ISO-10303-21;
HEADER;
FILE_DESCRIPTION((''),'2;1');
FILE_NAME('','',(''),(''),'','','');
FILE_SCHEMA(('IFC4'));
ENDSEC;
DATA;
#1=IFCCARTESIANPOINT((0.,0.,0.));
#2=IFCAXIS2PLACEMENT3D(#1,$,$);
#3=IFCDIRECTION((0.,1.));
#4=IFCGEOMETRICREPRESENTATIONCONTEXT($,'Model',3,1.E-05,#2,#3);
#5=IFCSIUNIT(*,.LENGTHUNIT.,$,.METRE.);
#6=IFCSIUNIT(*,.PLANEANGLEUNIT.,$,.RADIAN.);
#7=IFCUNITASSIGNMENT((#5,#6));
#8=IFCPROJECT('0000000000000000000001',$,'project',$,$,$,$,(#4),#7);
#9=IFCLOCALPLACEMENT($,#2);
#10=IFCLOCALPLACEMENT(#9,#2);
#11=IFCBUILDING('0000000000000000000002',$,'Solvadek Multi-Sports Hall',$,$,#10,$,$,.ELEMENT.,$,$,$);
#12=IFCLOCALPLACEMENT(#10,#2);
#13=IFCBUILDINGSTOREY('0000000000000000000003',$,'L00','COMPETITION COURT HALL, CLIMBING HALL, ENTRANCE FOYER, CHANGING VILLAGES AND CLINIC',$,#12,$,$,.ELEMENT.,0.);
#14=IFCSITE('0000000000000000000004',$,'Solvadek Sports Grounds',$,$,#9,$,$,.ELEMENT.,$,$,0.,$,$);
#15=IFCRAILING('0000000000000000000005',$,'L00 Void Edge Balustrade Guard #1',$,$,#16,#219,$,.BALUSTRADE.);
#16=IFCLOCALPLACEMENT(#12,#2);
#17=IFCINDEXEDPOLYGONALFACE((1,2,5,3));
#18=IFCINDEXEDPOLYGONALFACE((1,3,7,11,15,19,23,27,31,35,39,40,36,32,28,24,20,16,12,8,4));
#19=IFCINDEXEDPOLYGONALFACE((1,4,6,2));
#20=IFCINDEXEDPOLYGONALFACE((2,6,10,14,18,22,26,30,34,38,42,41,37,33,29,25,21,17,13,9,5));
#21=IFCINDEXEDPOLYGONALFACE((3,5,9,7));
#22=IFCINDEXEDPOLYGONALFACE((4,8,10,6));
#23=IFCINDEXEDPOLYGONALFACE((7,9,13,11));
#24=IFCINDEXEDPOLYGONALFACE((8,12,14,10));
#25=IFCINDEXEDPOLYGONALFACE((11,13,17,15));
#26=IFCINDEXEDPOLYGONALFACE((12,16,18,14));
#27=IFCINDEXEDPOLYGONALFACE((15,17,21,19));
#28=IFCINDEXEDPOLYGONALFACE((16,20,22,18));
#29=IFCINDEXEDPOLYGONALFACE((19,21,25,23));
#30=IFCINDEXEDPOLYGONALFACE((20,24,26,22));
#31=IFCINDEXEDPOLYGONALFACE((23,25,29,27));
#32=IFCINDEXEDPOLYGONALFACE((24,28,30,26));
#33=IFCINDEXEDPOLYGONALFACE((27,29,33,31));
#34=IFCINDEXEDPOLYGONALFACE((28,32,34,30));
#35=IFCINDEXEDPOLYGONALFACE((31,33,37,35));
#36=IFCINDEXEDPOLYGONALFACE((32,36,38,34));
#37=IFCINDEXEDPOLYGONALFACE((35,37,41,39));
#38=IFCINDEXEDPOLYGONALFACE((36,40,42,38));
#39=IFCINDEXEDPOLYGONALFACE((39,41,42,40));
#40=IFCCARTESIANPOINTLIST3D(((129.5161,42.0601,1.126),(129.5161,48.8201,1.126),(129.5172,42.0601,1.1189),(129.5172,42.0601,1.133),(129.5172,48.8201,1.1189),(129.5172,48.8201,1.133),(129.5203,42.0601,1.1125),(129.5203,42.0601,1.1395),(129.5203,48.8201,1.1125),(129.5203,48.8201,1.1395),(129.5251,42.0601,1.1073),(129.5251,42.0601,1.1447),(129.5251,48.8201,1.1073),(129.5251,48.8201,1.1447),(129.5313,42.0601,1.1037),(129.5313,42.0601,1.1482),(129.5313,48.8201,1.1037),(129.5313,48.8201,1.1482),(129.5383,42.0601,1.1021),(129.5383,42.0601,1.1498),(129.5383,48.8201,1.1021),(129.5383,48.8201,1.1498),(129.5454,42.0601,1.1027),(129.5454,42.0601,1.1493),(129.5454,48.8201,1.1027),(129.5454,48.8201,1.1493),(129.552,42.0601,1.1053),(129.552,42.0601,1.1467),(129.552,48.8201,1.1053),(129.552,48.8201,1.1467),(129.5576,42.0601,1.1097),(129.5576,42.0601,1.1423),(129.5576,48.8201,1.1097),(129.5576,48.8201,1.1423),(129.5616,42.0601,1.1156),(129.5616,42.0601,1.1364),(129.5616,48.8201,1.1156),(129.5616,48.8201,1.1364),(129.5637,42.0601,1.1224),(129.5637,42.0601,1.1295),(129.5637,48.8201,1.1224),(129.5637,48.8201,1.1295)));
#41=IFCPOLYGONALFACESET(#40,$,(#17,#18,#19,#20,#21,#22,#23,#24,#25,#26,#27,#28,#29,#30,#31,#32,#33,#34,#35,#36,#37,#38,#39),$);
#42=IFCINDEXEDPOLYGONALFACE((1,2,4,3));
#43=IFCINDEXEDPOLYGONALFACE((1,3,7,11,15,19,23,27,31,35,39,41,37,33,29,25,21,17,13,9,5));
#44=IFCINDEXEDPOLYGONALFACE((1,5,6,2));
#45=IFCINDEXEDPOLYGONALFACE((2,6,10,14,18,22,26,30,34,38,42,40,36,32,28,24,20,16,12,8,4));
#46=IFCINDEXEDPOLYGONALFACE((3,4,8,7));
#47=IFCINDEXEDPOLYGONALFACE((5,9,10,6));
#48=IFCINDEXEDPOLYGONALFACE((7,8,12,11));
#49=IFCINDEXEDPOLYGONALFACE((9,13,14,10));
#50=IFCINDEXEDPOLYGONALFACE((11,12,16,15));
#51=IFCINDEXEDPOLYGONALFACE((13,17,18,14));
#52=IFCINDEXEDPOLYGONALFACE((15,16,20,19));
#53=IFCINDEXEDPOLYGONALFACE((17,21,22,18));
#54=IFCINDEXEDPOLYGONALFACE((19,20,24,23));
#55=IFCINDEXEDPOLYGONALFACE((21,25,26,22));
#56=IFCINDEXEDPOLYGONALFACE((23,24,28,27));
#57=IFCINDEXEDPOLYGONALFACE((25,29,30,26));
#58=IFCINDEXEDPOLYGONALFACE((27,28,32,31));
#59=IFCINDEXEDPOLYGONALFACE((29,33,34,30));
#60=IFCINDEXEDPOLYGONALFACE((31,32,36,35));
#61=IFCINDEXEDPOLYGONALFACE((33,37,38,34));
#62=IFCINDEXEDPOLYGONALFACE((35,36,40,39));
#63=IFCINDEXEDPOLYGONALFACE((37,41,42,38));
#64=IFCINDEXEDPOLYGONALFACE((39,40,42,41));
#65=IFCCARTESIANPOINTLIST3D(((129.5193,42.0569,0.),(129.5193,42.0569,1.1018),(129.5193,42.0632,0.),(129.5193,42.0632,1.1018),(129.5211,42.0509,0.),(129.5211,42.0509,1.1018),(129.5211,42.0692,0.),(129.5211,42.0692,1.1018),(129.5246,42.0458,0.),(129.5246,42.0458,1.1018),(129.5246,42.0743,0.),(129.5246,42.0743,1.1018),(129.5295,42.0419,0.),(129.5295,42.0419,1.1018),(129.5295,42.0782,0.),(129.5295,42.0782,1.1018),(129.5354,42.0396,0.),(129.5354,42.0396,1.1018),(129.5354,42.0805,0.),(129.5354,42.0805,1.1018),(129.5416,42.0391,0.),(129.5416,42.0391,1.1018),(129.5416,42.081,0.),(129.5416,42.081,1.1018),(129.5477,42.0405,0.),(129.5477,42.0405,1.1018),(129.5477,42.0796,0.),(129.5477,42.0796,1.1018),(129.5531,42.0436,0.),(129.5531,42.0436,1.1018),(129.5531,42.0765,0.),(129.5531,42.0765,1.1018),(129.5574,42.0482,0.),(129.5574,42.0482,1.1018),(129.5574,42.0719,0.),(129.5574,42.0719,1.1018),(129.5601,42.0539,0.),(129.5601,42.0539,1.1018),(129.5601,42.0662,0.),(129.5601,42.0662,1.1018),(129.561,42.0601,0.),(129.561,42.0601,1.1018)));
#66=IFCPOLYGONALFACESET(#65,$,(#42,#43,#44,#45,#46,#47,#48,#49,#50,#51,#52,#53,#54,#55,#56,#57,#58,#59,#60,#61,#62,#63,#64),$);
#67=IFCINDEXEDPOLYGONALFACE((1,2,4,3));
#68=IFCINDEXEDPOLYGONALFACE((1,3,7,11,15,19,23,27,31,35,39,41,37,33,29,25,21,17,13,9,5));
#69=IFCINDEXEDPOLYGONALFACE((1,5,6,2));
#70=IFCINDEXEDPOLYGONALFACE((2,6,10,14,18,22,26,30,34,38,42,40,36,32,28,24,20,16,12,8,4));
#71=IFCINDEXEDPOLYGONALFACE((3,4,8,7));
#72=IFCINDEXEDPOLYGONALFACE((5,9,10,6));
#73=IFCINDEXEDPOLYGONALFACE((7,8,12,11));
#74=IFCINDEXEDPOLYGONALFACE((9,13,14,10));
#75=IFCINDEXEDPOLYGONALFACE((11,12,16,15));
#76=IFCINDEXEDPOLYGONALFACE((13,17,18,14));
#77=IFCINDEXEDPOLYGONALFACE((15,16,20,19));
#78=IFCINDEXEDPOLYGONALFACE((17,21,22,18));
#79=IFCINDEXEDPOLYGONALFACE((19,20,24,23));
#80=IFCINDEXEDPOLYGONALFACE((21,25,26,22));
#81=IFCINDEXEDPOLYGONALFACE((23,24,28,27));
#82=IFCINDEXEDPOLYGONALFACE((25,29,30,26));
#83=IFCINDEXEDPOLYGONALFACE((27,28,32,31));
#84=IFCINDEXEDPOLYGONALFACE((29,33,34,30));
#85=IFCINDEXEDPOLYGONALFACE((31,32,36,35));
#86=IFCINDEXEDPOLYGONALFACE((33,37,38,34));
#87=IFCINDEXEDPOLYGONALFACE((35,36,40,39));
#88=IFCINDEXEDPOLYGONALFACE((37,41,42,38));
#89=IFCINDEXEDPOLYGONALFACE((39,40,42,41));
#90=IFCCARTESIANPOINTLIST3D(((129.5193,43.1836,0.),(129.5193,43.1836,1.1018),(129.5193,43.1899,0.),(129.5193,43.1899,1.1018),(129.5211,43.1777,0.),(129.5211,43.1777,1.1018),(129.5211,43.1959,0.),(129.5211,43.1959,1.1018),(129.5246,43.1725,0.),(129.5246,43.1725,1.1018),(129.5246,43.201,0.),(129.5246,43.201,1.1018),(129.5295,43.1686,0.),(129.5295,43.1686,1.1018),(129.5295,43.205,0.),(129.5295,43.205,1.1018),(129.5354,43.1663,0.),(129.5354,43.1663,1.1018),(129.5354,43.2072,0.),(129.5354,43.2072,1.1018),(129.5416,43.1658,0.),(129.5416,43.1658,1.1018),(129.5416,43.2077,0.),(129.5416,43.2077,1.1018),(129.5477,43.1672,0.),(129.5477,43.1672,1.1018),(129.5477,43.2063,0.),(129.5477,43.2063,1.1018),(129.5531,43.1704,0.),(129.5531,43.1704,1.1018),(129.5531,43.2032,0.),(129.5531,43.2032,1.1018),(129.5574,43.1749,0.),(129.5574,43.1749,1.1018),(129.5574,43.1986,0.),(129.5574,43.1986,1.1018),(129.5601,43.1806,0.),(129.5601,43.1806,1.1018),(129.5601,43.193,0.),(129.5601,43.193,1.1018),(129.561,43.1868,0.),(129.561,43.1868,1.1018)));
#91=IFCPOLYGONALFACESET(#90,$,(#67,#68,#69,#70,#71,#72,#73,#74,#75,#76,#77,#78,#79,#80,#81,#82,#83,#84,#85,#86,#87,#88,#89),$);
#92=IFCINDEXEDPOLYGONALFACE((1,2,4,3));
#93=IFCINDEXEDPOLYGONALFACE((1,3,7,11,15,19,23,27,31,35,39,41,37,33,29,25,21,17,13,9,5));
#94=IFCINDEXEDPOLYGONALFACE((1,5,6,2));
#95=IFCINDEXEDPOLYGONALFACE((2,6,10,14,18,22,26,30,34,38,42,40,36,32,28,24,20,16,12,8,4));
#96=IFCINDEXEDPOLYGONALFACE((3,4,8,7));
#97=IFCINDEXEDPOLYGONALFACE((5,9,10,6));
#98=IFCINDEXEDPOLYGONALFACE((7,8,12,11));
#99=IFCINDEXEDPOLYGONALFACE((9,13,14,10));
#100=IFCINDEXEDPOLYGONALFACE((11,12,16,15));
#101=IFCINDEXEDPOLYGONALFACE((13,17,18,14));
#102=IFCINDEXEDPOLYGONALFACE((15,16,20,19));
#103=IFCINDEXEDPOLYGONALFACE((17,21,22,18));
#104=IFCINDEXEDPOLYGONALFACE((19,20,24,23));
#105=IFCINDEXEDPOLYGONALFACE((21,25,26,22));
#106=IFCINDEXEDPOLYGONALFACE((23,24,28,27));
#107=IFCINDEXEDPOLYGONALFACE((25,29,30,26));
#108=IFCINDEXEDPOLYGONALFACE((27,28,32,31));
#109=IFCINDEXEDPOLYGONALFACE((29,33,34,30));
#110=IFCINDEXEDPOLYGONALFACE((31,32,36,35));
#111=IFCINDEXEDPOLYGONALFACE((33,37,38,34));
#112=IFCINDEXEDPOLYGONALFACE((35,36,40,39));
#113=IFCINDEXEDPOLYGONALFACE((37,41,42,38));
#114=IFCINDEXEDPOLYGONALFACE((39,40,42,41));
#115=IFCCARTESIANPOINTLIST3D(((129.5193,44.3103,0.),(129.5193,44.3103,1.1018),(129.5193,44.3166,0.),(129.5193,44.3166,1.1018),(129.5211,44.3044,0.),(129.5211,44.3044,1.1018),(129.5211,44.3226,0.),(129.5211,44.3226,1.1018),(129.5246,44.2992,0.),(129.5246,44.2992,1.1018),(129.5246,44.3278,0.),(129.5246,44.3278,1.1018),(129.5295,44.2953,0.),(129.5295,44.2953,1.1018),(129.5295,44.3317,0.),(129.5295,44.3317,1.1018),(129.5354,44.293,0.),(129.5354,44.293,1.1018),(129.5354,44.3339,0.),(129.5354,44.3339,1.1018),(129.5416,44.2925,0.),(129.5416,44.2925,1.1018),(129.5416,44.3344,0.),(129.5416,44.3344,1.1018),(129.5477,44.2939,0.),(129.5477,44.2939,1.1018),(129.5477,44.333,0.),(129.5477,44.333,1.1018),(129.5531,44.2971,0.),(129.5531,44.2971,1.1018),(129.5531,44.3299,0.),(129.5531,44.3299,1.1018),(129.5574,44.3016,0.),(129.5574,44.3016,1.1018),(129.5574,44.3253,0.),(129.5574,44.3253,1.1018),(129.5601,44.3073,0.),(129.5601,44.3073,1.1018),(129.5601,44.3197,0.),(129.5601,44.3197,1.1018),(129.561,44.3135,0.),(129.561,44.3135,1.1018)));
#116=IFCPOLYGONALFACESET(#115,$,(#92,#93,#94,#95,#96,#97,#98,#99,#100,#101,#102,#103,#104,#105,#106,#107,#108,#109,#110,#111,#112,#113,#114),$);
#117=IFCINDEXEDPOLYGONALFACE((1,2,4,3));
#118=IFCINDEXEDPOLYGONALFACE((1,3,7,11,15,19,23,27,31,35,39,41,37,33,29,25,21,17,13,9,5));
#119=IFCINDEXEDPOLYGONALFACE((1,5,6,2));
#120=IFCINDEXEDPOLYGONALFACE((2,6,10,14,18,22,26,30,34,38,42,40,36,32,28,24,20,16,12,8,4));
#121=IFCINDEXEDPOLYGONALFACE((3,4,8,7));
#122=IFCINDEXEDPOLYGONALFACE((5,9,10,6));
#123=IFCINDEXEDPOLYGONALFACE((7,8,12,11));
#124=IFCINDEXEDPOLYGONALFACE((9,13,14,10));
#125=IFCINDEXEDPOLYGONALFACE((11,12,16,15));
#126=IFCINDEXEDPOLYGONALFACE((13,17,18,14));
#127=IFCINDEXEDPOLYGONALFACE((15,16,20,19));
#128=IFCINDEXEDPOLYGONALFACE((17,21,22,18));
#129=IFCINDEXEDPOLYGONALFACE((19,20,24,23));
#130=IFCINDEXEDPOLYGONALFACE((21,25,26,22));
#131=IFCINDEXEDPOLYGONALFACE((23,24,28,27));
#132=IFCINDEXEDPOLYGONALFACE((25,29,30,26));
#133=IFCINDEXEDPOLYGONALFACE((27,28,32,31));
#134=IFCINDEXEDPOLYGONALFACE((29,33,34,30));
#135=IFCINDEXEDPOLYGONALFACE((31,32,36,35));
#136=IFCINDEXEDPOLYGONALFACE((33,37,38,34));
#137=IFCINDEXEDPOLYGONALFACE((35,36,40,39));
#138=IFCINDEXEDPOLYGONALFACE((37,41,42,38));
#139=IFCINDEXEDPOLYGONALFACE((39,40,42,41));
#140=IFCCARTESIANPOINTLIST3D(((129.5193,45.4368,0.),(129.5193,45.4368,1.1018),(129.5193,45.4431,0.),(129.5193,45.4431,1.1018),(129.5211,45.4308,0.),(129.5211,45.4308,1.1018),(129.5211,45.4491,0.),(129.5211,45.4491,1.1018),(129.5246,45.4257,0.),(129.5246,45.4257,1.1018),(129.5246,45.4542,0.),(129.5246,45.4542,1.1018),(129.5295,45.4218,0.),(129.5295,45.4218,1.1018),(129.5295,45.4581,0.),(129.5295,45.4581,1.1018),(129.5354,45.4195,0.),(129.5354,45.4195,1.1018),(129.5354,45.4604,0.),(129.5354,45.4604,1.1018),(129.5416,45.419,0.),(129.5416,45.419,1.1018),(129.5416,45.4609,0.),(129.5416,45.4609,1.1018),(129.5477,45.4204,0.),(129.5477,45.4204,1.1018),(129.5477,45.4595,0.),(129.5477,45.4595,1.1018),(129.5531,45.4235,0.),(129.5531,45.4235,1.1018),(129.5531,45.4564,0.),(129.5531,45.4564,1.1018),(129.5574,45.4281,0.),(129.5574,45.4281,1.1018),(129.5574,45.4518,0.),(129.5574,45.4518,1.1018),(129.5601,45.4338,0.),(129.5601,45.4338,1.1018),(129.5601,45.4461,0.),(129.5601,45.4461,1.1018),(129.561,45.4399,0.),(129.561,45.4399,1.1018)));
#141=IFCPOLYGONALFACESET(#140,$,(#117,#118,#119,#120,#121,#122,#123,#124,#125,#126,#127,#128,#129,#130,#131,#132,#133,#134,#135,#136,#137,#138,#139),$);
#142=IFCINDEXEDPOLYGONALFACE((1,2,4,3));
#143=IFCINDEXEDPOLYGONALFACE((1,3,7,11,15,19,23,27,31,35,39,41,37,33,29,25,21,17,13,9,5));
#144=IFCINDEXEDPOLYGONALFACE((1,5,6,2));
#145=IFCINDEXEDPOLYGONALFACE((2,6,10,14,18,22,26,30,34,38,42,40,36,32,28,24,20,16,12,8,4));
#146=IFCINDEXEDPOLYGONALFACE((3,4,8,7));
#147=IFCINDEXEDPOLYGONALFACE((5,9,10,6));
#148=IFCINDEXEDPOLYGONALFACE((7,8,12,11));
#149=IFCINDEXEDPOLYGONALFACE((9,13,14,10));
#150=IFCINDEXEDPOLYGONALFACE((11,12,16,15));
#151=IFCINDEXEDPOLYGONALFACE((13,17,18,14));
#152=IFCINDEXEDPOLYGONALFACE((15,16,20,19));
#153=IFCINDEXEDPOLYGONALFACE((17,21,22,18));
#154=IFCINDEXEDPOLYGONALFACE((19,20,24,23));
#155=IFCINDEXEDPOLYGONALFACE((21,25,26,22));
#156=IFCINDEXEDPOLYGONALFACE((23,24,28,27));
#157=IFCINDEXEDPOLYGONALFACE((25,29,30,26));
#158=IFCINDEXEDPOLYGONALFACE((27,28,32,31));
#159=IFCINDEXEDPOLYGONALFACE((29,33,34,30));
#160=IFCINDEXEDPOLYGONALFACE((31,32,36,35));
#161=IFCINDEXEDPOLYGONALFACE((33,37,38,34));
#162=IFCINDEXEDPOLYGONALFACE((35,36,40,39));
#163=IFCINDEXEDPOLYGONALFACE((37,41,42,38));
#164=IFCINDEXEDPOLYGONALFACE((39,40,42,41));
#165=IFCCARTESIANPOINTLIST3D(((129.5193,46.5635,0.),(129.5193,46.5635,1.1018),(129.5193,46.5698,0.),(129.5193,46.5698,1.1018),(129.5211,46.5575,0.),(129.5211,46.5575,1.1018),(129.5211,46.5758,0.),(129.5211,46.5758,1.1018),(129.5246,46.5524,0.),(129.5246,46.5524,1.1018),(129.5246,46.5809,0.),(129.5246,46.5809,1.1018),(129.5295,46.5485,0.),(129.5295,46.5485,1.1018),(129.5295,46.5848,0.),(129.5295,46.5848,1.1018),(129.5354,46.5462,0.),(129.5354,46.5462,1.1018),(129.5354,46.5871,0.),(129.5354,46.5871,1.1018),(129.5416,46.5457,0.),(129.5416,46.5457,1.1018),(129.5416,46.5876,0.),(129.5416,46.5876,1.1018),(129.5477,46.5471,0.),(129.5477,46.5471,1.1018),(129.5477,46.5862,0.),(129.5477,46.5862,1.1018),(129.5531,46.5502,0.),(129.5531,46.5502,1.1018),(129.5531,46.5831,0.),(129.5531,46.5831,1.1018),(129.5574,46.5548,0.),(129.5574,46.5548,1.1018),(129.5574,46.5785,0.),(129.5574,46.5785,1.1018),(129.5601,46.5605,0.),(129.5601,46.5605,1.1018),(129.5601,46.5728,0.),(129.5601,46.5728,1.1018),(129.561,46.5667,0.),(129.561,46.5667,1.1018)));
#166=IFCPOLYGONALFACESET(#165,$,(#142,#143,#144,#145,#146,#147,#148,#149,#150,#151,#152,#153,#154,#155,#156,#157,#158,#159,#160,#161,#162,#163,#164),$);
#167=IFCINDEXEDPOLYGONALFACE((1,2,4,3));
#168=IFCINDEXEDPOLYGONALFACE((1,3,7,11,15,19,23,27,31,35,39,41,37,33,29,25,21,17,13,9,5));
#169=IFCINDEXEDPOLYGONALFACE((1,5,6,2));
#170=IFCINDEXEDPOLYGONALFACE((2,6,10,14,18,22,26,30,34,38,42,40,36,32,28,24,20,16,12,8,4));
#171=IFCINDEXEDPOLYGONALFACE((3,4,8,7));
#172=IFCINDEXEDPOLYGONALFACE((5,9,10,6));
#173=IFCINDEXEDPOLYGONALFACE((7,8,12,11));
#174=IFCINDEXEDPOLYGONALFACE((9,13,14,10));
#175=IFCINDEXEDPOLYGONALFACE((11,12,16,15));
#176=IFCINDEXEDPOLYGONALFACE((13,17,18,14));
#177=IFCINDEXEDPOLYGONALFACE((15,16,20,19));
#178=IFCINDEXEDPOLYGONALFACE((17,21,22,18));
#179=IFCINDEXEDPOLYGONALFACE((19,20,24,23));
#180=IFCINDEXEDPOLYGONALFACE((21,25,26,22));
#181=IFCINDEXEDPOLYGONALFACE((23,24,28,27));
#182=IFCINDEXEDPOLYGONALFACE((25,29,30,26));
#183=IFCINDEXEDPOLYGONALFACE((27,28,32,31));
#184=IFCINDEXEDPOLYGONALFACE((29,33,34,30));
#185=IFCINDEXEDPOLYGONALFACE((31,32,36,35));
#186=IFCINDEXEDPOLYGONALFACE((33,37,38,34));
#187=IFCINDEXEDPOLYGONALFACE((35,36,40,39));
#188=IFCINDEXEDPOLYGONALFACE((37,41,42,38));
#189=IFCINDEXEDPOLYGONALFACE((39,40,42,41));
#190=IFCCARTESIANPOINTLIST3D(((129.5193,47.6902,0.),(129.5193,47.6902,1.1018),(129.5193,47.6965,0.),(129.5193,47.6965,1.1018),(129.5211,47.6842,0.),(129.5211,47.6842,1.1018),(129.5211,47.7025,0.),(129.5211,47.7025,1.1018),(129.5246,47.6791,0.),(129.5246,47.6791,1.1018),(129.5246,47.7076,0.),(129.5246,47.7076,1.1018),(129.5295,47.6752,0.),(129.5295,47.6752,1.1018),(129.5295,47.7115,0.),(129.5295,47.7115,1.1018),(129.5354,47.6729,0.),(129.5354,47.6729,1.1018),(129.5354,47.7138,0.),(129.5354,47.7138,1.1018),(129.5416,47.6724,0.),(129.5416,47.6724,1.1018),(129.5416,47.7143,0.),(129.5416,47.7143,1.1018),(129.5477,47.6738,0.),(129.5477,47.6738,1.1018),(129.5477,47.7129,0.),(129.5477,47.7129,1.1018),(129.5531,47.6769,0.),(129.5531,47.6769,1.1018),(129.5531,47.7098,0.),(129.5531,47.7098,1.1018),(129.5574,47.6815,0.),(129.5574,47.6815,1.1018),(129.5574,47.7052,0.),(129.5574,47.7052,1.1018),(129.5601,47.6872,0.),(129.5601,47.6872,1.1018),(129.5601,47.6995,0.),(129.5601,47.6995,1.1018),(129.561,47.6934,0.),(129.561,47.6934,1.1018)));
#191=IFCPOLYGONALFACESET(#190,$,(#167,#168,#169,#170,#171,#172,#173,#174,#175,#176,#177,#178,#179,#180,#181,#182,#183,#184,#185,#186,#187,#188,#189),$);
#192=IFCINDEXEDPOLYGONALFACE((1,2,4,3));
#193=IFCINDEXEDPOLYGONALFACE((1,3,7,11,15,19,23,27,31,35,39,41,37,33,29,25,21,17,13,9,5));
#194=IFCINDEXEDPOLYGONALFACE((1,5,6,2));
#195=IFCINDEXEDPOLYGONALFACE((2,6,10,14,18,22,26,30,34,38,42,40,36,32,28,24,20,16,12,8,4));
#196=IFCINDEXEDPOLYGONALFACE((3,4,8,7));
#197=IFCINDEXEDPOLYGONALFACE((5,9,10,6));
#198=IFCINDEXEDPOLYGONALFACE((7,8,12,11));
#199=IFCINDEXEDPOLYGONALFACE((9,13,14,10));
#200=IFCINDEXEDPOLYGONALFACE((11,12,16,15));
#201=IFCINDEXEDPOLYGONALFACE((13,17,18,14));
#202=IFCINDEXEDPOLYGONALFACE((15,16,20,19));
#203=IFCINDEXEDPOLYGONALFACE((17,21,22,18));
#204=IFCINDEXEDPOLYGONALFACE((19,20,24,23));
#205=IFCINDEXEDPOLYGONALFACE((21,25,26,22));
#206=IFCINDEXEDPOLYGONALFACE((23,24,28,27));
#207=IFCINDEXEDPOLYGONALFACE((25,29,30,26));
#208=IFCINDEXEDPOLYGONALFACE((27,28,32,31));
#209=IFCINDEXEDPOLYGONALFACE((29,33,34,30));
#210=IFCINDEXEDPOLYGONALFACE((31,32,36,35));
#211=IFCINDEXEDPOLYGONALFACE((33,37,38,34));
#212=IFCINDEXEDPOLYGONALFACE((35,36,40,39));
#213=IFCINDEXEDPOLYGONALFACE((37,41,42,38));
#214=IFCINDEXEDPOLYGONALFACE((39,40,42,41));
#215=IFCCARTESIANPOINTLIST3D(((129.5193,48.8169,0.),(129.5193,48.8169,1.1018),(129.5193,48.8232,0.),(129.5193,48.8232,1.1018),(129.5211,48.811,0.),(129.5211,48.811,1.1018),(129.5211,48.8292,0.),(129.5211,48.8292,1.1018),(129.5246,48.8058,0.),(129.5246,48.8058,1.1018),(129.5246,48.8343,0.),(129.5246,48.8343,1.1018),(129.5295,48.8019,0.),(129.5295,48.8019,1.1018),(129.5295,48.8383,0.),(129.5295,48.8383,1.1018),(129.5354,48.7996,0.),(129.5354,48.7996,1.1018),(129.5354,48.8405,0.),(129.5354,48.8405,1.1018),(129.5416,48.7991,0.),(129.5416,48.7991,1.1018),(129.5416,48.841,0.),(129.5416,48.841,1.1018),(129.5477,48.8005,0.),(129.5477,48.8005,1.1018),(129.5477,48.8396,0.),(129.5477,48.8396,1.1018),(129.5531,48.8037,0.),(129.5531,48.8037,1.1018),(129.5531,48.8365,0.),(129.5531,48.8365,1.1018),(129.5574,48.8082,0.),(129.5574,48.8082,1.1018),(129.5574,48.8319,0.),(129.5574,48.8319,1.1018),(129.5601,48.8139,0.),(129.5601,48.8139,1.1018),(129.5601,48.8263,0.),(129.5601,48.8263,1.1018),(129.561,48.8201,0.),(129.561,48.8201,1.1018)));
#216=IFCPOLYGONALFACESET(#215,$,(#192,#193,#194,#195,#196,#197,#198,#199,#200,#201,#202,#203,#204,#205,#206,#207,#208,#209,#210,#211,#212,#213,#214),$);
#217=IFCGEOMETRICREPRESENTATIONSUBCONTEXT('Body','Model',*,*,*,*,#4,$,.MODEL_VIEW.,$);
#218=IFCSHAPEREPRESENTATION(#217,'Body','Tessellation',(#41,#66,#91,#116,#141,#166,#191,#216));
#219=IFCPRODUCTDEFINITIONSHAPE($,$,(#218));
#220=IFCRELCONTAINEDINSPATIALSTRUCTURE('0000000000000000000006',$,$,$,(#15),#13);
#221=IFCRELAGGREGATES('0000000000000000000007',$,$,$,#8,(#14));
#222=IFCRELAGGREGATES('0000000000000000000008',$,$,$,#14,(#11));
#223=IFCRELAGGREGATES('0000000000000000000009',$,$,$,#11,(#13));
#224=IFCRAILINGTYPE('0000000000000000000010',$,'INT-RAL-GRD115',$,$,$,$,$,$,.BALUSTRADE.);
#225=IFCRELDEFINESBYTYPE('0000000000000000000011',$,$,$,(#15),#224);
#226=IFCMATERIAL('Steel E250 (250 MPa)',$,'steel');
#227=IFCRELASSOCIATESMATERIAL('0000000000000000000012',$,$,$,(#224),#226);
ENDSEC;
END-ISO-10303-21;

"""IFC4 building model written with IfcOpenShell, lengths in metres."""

from ifc_helpers import new_model, si_unit, direction, frame, origin, origin_2d, place, context, subcontext, project, spatial, circle, extrude, material, type_object, element, save


model = new_model("IFC4")

# Units and contexts
model_context = context("Model", 3, precision=1e-05, world=origin(), true_north=direction((0.0, 1.0)))
body_context = subcontext(model_context, "Body", "Model", "MODEL_VIEW")
ifc_project = project(units=[si_unit("LENGTHUNIT", "METRE"), si_unit("PLANEANGLEUNIT", "RADIAN")], contexts=[model_context])

# Site, building, storey
site_placement = place(None, origin())
site = spatial("IfcSite", under=ifc_project, at=site_placement, Name="Solvadek Sports Grounds", CompositionType="ELEMENT", RefElevation=0.0)
building_placement = place(site_placement, origin())
building = spatial("IfcBuilding", under=site, at=building_placement, Name="Solvadek Multi-Sports Hall", CompositionType="ELEMENT")
storey_placement = place(building_placement, origin())
storey = spatial("IfcBuildingStorey", under=building, at=storey_placement, Name="L00", Description="COMPETITION COURT HALL, CLIMBING HALL, ENTRANCE FOYER, CHANGING VILLAGES AND CLINIC", CompositionType="ELEMENT", Elevation=0.0)

# Shared definitions
ifc_material_1 = material(Name="Steel E250 (250 MPa)", Category="steel")

# Railing
railing_type = type_object("IfcRailingType", Name="INT-RAL-GRD115", PredefinedType="BALUSTRADE", material=ifc_material_1)
railing_placement = place(storey_placement, frame((129.54, 42.0601, 0.0)))
element("IfcRailing", 1, at=railing_placement, inside=storey, type_object=railing_type, Name="L00 Void Edge Balustrade Guard #1", PredefinedType="BALUSTRADE", context=body_context, shape_type="SweptSolid", body=[
    extrude(circle(Radius=0.0239, at=origin_2d()), frame((0.0, 0.0, 1.126), z_axis=(0.0, 1.0, 0.0), x_axis=(-1.0, 0.0, 0.0)), (0.0, 0.0, 1.0), 6.76),
    extrude(circle(Radius=0.021, at=origin_2d()), origin(), (0.0, 0.0, 1.0), 1.1018),
    extrude(circle(Radius=0.021, at=origin_2d()), frame((0.0, 1.1267, 0.0)), (0.0, 0.0, 1.0), 1.1018),
    extrude(circle(Radius=0.021, at=origin_2d()), frame((0.0, 2.2534, 0.0)), (0.0, 0.0, 1.0), 1.1018),
    extrude(circle(Radius=0.021, at=origin_2d()), frame((0.0, 3.3799, 0.0)), (0.0, 0.0, 1.0), 1.1018),
    extrude(circle(Radius=0.021, at=origin_2d()), frame((0.0, 4.5066, 0.0)), (0.0, 0.0, 1.0), 1.1018),
    extrude(circle(Radius=0.021, at=origin_2d()), frame((0.0, 5.6333, 0.0)), (0.0, 0.0, 1.0), 1.1018),
    extrude(circle(Radius=0.021, at=origin_2d()), frame((0.0, 6.76, 0.0)), (0.0, 0.0, 1.0), 1.1018),
])

save(model, "model.ifc")
